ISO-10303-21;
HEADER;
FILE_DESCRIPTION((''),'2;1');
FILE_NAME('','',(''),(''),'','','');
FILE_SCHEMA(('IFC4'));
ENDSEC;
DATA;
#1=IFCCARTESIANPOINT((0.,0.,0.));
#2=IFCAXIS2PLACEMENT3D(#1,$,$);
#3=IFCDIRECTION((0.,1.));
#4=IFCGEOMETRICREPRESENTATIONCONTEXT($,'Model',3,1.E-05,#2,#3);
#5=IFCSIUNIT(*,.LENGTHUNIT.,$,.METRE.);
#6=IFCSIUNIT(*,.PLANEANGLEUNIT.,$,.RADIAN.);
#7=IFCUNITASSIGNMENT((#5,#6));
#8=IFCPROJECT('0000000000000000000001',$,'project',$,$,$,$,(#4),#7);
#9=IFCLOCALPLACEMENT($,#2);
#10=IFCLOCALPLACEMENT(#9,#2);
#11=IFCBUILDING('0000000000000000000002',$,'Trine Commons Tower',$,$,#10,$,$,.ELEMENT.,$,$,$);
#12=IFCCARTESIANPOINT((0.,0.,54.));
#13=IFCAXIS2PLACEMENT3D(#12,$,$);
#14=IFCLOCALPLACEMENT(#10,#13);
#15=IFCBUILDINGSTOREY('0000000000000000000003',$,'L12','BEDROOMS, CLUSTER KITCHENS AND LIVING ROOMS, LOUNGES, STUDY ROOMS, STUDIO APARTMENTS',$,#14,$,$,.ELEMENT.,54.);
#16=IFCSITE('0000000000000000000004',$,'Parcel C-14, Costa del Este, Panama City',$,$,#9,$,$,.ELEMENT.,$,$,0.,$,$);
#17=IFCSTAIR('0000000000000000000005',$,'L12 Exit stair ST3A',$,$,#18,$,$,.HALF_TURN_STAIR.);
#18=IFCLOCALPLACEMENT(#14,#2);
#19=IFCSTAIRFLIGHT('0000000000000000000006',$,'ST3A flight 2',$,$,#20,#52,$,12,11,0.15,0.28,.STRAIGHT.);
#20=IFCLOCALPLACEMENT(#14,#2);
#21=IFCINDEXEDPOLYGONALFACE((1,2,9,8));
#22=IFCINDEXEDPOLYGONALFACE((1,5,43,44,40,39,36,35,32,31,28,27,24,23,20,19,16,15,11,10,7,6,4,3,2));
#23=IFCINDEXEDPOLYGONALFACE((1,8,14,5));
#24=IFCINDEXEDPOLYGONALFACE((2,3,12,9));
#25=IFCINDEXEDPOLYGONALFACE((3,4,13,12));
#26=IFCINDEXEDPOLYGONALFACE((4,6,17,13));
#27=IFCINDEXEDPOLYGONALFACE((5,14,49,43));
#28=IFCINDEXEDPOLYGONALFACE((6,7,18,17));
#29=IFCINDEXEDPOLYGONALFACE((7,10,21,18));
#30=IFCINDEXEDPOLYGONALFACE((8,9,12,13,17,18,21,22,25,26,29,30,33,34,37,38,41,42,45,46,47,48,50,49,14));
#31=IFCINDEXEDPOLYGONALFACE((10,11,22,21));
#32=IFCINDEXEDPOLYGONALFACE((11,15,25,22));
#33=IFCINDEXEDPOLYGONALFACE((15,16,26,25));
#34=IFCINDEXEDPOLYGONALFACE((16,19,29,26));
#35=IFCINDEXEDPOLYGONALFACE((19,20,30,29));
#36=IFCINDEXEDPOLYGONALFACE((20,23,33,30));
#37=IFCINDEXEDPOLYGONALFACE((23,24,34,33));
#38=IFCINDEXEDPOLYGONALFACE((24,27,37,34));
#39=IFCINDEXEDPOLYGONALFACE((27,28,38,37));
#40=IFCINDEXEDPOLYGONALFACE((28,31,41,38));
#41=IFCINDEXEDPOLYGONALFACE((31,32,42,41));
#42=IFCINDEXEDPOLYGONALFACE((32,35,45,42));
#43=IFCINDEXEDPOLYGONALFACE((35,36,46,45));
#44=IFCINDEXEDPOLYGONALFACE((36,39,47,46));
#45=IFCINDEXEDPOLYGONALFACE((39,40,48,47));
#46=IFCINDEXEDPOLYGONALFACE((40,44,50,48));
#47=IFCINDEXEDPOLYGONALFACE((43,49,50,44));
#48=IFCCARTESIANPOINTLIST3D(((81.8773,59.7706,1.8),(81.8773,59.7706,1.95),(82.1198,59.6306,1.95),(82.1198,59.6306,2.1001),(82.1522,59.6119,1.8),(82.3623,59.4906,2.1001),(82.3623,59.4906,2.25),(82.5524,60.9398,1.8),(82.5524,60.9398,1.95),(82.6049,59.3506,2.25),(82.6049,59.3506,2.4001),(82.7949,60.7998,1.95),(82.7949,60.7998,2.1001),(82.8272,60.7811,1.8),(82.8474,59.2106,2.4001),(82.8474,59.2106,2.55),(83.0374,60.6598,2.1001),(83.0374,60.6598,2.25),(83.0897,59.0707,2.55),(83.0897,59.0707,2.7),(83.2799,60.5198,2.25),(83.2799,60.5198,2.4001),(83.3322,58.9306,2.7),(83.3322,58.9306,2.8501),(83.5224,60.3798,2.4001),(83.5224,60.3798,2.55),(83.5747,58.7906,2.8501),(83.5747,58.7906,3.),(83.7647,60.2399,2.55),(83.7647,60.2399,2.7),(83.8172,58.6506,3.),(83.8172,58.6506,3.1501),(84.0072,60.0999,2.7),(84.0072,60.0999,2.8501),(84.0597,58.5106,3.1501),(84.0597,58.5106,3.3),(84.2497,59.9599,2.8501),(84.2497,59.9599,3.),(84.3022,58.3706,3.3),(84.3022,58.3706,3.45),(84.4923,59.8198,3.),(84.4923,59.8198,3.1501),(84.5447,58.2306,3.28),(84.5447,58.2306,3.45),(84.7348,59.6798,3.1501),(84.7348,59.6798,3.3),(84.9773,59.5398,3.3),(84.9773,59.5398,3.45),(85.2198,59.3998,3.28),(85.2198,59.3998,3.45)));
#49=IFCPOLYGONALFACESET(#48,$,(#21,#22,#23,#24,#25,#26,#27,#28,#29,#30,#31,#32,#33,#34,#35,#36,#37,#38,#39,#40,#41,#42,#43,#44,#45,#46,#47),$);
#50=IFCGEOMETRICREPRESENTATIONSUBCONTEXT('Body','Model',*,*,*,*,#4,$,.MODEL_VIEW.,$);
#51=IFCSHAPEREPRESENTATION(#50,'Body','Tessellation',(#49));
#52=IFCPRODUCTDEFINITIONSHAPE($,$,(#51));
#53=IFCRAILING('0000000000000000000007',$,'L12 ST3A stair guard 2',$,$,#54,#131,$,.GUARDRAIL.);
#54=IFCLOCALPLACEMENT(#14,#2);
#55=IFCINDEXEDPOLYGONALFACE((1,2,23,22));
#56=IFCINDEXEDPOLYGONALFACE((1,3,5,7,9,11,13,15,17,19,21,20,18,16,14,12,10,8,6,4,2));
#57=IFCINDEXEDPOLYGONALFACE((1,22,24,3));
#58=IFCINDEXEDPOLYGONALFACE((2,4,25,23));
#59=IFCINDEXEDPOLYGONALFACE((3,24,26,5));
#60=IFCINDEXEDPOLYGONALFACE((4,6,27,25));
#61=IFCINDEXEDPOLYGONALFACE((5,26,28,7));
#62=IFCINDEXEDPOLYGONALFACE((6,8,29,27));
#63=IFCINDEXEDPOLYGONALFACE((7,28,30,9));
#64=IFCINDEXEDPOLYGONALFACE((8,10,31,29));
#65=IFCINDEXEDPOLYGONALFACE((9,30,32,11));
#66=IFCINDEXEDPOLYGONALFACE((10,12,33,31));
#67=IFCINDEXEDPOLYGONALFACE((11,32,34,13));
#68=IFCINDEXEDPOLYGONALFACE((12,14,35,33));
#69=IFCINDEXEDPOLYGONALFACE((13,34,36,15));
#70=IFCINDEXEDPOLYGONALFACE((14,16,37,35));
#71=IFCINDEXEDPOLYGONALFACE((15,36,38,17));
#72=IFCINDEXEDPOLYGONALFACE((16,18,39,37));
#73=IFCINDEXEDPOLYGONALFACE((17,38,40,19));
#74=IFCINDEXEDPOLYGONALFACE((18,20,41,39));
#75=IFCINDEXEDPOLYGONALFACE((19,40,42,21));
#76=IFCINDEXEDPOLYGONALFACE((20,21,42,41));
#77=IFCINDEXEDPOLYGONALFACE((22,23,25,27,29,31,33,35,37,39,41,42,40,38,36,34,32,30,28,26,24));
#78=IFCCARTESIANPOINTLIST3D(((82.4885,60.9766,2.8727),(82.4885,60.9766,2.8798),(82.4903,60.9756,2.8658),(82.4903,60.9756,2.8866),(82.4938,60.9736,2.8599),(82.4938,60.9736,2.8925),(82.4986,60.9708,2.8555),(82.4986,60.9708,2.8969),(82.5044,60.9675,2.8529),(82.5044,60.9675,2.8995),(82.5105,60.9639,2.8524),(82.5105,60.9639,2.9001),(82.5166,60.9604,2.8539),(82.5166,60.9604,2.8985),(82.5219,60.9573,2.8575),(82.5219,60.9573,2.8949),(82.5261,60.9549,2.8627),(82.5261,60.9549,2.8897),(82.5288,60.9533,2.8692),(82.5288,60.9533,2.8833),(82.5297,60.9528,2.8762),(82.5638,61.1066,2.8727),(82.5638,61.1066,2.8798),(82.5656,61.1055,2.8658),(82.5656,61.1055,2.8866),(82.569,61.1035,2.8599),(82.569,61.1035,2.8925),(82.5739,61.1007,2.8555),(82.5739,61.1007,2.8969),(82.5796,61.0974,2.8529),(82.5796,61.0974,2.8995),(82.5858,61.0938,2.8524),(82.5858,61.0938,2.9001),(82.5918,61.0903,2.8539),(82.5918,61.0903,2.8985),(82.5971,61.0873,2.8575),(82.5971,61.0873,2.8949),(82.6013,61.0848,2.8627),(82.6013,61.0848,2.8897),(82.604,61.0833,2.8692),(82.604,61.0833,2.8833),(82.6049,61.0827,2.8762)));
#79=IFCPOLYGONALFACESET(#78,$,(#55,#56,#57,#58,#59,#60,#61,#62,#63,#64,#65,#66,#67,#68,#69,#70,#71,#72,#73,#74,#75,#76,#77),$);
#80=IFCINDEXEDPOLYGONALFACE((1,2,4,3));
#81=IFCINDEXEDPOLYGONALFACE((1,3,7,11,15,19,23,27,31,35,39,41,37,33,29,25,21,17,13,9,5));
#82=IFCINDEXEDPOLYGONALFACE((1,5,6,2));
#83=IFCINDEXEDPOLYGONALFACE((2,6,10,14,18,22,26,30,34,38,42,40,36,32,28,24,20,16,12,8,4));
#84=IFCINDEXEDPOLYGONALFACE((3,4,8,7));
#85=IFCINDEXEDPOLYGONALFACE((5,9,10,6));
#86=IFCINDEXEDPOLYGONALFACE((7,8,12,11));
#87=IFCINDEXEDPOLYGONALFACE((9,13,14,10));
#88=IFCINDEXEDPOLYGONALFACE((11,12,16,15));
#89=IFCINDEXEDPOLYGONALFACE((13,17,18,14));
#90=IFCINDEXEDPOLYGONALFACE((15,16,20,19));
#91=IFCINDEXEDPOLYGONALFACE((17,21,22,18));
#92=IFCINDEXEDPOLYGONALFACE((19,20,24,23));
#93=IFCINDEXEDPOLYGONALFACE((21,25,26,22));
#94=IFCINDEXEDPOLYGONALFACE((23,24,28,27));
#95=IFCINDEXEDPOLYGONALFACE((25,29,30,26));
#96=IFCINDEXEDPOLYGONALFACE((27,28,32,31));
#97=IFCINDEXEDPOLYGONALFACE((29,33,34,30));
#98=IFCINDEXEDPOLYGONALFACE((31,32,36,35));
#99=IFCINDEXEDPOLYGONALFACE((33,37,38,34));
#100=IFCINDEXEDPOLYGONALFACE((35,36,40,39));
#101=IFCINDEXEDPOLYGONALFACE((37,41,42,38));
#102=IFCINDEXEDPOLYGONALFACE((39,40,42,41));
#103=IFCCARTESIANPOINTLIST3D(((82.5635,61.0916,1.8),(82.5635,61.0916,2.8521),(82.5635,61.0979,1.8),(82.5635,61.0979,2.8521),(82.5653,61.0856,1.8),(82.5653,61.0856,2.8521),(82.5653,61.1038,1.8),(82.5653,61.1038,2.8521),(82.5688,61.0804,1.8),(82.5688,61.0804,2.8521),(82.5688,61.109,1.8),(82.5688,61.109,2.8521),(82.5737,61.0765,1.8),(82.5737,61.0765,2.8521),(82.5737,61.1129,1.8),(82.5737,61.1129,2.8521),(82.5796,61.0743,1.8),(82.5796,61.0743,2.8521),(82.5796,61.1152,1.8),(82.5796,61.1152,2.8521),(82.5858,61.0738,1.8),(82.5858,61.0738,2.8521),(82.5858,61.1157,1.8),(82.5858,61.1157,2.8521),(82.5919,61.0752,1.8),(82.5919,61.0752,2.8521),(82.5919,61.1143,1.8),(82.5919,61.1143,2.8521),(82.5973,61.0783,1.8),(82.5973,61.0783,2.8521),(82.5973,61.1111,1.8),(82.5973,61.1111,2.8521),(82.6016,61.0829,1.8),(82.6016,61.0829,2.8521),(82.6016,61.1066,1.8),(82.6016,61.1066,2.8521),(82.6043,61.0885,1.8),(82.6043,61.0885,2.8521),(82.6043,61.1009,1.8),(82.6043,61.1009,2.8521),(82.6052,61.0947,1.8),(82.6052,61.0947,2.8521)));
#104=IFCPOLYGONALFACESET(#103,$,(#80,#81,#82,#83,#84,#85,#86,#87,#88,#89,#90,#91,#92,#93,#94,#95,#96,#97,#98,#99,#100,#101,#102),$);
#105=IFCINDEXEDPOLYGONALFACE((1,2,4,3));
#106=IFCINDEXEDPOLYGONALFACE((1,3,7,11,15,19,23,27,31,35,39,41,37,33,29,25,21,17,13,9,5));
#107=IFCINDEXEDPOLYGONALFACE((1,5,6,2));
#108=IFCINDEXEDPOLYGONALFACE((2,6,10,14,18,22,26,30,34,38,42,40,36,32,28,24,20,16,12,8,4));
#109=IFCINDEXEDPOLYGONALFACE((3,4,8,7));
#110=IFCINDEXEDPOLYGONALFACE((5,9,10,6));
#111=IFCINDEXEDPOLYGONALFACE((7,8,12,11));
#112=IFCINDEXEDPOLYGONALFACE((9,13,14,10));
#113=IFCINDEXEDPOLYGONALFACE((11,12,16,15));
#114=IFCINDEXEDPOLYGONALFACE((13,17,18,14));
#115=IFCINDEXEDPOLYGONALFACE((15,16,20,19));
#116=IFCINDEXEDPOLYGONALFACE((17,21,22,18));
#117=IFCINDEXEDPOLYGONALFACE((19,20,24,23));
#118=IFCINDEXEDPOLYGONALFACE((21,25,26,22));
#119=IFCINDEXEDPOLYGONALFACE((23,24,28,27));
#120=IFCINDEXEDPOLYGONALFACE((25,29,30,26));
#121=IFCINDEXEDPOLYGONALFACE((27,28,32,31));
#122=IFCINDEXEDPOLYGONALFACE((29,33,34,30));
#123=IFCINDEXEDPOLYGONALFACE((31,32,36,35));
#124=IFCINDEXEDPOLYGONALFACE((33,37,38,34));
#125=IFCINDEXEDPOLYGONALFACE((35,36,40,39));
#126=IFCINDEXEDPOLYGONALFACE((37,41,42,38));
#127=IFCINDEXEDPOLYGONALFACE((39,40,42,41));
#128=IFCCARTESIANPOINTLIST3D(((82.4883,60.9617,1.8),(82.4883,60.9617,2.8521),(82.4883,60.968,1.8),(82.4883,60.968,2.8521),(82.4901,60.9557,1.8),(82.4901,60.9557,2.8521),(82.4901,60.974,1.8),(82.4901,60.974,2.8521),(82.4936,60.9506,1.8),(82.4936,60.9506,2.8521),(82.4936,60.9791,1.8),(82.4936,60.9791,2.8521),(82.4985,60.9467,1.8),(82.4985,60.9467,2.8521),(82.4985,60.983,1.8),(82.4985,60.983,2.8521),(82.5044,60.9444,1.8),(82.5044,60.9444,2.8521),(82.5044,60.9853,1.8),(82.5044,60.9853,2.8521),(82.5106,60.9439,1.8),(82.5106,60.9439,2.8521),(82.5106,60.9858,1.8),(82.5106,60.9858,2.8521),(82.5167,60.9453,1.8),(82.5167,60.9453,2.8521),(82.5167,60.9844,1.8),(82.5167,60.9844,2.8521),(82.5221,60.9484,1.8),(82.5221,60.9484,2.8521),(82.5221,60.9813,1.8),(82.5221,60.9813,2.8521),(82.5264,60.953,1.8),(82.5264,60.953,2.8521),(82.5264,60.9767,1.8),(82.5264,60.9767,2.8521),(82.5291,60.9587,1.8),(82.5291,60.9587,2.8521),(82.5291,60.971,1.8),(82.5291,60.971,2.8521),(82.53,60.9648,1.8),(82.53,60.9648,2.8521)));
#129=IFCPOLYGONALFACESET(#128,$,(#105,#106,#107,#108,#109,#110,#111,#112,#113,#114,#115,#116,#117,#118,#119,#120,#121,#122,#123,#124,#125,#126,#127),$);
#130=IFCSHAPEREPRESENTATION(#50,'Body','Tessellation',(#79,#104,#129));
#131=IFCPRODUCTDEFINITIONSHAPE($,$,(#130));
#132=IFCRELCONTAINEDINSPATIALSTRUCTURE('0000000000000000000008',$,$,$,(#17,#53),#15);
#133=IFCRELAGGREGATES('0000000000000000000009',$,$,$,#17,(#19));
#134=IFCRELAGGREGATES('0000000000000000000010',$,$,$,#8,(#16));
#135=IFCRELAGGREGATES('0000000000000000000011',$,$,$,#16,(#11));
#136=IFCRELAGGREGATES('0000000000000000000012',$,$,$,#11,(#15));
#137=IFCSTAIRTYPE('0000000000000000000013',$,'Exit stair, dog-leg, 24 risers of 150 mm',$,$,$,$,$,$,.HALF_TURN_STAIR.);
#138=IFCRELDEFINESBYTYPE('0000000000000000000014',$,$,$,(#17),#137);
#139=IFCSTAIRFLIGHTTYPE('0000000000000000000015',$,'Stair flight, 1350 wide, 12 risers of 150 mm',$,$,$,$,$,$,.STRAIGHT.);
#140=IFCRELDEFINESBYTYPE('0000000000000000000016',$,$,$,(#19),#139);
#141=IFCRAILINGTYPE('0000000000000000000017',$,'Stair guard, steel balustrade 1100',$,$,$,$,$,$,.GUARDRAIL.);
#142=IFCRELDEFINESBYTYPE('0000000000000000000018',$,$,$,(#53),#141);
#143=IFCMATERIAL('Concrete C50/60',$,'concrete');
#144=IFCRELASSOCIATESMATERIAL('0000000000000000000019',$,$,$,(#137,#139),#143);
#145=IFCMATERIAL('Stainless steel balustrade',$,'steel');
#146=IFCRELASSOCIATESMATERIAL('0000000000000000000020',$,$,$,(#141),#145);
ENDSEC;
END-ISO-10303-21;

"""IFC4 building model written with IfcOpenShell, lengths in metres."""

from ifc_helpers import new_model, si_unit, direction, frame, origin, origin_2d, place, context, subcontext, project, spatial, polyline, circle, outline, extrude, material, type_object, element, aggregate, save


model = new_model("IFC4")

# Units and contexts
model_context = context("Model", 3, precision=1e-05, world=origin(), true_north=direction((0.0, 1.0)))
body_context = subcontext(model_context, "Body", "Model", "MODEL_VIEW")
ifc_project = project(units=[si_unit("LENGTHUNIT", "METRE"), si_unit("PLANEANGLEUNIT", "RADIAN")], contexts=[model_context])

# Site, building, storey
site_placement = place(None, origin())
site = spatial("IfcSite", under=ifc_project, at=site_placement, Name="Parcel C-14, Costa del Este, Panama City", CompositionType="ELEMENT", RefElevation=0.0)
building_placement = place(site_placement, origin())
building = spatial("IfcBuilding", under=site, at=building_placement, Name="Trine Commons Tower", CompositionType="ELEMENT")
storey_placement = place(building_placement, frame((0.0, 0.0, 54.0)))
storey = spatial("IfcBuildingStorey", under=building, at=storey_placement, Name="L12", Description="BEDROOMS, CLUSTER KITCHENS AND LIVING ROOMS, LOUNGES, STUDY ROOMS, STUDIO APARTMENTS", CompositionType="ELEMENT", Elevation=54.0)

# Stair, stair flight
ifc_material_1 = material(Name="Concrete C50/60", Category="concrete")
stair_type = type_object("IfcStairType", Name="Exit stair, dog-leg, 24 risers of 150 mm", PredefinedType="HALF_TURN_STAIR", material=ifc_material_1)
stair_placement = place(storey_placement, origin())
stair = element("IfcStair", 1, at=stair_placement, inside=storey, type_object=stair_type, Name="L12 Exit stair ST3A", PredefinedType="HALF_TURN_STAIR")
stair_flight_type = type_object("IfcStairFlightType", Name="Stair flight, 1350 wide, 12 risers of 150 mm", PredefinedType="STRAIGHT", material=ifc_material_1)
stair_flight_placement = place(storey_placement, frame((82.2148, 60.3552, 1.8), z_axis=(0.0, 0.0, 1.0), x_axis=(0.866025, -0.5, 0.0)))
stair_flight = element("IfcStairFlight", 2, at=stair_flight_placement, type_object=stair_flight_type, Name="ST3A flight 2", NumberOfRisers=12, NumberOfTreads=11, PredefinedType="STRAIGHT", RiserHeight=0.15, TreadLength=0.28, context=body_context, shape_type="SweptSolid", body=[
    extrude(outline(polyline([(0.0, 0.0), (0.0, 0.1499), (0.28, 0.1499), (0.28, 0.3), (0.5601, 0.3), (0.5601, 0.45), (0.8401, 0.45), (0.8401, 0.6001), (1.1201, 0.6001), (1.1201, 0.75), (1.3999, 0.75), (1.3999, 0.8999), (1.6799, 0.8999), (1.6799, 1.05), (1.96, 1.05), (1.96, 1.2), (2.24, 1.2), (2.24, 1.3501), (2.52, 1.3501), (2.52, 1.5), (2.8, 1.5), (2.8, 1.6499), (3.0801, 1.6499), (3.0801, 1.8), (3.0801, 1.48), (0.3174, 0.0), (0.0, 0.0)])), frame((0.0, 0.675, 0.0), z_axis=(0.0, -1.0, 0.0), x_axis=(1.0, 0.0, 0.0)), (0.0, 0.0, 1.0), 1.3501),
])
aggregate(stair, [stair_flight])

# Railing
ifc_material_2 = material(Name="Stainless steel balustrade", Category="steel")
railing_type = type_object("IfcRailingType", Name="Stair guard, steel balustrade 1100", PredefinedType="GUARDRAIL", material=ifc_material_2)
railing_1_placement = place(storey_placement, frame((82.5842, 61.0947, 1.8)))
element("IfcRailing", 3, at=railing_1_placement, inside=storey, type_object=railing_type, Name="L12 ST3A stair guard 2", PredefinedType="GUARDRAIL", context=body_context, shape_type="SweptSolid", body=[
    extrude(circle(Radius=0.0239, at=origin_2d()), frame((0.0, 0.0, 1.0762), z_axis=(-0.501036, -0.865426, 0.0), x_axis=(0.865426, -0.501036, 0.0)), (0.0, 0.0, 1.0), 0.1501),
    extrude(circle(Radius=0.021, at=origin_2d()), origin(), (0.0, 0.0, 1.0), 1.052),
    extrude(circle(Radius=0.021, at=origin_2d()), frame((-0.0752, -0.1299, 0.0)), (0.0, 0.0, 1.0), 1.052),
])

save(model, "model.ifc")
